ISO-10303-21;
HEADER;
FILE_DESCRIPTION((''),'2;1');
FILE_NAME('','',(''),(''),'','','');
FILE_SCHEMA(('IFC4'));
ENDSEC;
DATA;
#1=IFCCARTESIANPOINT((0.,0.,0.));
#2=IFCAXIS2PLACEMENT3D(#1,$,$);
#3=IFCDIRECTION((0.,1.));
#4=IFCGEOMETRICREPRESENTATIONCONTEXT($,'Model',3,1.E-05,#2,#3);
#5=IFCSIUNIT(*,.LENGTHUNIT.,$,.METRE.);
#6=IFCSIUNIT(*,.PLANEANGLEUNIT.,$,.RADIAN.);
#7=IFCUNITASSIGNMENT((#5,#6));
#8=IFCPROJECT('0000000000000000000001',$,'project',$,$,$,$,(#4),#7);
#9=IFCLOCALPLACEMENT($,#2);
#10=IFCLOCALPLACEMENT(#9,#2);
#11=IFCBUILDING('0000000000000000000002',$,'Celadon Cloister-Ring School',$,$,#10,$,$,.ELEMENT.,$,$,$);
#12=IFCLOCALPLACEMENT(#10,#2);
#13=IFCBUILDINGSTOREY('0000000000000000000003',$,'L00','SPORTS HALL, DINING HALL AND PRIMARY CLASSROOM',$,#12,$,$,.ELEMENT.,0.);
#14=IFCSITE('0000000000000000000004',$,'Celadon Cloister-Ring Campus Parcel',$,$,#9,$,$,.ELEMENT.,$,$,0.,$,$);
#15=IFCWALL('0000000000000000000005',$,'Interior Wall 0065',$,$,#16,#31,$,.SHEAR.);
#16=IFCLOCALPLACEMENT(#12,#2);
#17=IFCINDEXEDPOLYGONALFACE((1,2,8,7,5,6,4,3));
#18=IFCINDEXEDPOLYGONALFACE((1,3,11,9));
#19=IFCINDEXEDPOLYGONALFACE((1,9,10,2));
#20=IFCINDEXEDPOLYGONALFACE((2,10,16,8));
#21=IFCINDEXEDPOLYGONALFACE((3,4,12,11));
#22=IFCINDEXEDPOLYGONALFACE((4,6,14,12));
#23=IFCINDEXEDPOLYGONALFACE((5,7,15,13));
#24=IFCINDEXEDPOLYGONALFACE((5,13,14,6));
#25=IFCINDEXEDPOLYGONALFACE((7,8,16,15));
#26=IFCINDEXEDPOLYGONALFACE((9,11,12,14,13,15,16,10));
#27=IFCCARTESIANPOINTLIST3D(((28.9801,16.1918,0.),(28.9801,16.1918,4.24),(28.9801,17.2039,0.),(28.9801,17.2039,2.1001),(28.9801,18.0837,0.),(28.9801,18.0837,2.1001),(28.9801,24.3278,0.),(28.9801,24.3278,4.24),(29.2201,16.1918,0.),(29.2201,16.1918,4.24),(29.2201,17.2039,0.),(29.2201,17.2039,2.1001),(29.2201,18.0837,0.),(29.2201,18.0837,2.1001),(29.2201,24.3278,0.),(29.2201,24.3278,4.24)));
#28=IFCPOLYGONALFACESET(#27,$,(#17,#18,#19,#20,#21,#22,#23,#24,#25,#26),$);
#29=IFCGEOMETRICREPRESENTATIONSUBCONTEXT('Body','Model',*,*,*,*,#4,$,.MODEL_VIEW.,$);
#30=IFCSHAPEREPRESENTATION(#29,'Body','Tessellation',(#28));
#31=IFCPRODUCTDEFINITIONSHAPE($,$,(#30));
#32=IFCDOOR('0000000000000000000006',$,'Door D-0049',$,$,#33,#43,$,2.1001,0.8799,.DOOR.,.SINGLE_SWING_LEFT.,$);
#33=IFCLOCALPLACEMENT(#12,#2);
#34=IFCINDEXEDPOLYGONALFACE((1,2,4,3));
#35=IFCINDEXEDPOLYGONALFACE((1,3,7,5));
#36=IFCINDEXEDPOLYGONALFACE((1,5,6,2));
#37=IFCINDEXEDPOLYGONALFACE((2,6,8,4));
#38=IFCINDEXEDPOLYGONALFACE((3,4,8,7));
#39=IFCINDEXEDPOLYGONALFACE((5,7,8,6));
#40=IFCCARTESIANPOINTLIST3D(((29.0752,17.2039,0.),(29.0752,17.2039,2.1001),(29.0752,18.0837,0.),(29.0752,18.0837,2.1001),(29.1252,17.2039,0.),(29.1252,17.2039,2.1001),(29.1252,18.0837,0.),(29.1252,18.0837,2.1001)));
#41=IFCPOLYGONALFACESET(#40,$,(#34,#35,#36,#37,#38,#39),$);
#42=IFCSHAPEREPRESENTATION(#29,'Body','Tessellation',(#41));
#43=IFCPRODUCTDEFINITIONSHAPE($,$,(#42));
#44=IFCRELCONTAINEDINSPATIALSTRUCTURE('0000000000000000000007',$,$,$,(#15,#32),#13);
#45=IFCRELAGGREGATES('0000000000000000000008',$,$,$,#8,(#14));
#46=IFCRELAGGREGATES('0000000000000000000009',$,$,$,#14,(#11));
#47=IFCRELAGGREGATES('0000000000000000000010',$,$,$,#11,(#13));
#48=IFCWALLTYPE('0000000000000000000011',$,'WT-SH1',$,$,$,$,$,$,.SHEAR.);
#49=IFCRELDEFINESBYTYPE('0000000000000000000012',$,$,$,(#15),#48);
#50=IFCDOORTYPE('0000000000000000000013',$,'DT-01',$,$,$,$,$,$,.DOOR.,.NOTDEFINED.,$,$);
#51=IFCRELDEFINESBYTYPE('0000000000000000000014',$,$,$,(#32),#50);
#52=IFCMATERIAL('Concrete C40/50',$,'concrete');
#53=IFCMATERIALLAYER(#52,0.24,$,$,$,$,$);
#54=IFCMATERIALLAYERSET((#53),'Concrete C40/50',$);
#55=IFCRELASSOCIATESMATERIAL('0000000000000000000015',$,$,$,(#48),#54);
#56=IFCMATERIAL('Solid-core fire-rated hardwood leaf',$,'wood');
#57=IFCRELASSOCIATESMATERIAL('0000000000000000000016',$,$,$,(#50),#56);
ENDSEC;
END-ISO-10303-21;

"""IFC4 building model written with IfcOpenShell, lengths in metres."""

from ifc_helpers import new_model, si_unit, direction, frame, frame_2d, origin, place, context, subcontext, project, spatial, rectangle, extrude, material, layer, layer_set, type_object, element, fill, save


model = new_model("IFC4")

# Units and contexts
model_context = context("Model", 3, precision=1e-05, world=origin(), true_north=direction((0.0, 1.0)))
body_context = subcontext(model_context, "Body", "Model", "MODEL_VIEW")
ifc_project = project(units=[si_unit("LENGTHUNIT", "METRE"), si_unit("PLANEANGLEUNIT", "RADIAN")], contexts=[model_context])

# Site, building, storey
site_placement = place(None, origin())
site = spatial("IfcSite", under=ifc_project, at=site_placement, Name="Celadon Cloister-Ring Campus Parcel", CompositionType="ELEMENT", RefElevation=0.0)
building_placement = place(site_placement, origin())
building = spatial("IfcBuilding", under=site, at=building_placement, Name="Celadon Cloister-Ring School", CompositionType="ELEMENT")
storey_placement = place(building_placement, origin())
storey = spatial("IfcBuildingStorey", under=building, at=storey_placement, Name="L00", Description="SPORTS HALL, DINING HALL AND PRIMARY CLASSROOM", CompositionType="ELEMENT", Elevation=0.0)

# Wall, opening, door
ifc_material_1 = material(Name="Concrete C40/50", Category="concrete")
ifc_layer_1 = layer(ifc_material_1, 0.24)
ifc_layer_set_1 = layer_set([ifc_layer_1], Name="Concrete C40/50")
wall_type_1 = type_object("IfcWallType", Name="WT-SH1", PredefinedType="SHEAR", material=ifc_layer_set_1)
wall_1_placement = place(storey_placement, frame((29.1001, 16.1919, 0.0), z_axis=(0.0, 0.0, 1.0), x_axis=(0.0, 1.0, 0.0)))
wall_1 = element("IfcWall", 1, at=wall_1_placement, inside=storey, type_object=wall_type_1, Name="Interior Wall 0065", PredefinedType="SHEAR", context=body_context, shape_type="SweptSolid", body=[
    extrude(rectangle(XDim=8.136, YDim=0.24, at=frame_2d((4.0679, 0.0))), origin(), (0.0, 0.0, 1.0), 4.24),
])
opening_placement = place(wall_1_placement, frame((1.012, 0.0, 0.0)))
opening = element("IfcOpeningElement", 2, at=opening_placement, cuts=wall_1, PredefinedType="OPENING", context=body_context, shape_type="SweptSolid", body=[
    extrude(rectangle(XDim=0.8799, YDim=2.1001, at=frame_2d((0.4399, 1.05))), frame((0.0, 0.1299, 0.0), z_axis=(0.0, -1.0, 0.0), x_axis=(1.0, 0.0, 0.0)), (0.0, 0.0, 1.0), 0.26),
])
ifc_material_2 = material(Name="Solid-core fire-rated hardwood leaf", Category="wood")
door_type = type_object("IfcDoorType", Name="DT-01", OperationType="NOTDEFINED", PredefinedType="DOOR", material=ifc_material_2)
door_placement = place(opening_placement, origin())
door = element("IfcDoor", 3, at=door_placement, inside=storey, type_object=door_type, Name="Door D-0049", OperationType="SINGLE_SWING_LEFT", OverallHeight=2.1001, OverallWidth=0.8799, PredefinedType="DOOR", context=body_context, shape_type="SweptSolid", body=[
    extrude(rectangle(XDim=0.8799, YDim=2.1001, at=frame_2d((0.4399, 1.05))), frame((0.0, 0.0249, 0.0), z_axis=(0.0, -1.0, 0.0), x_axis=(1.0, 0.0, 0.0)), (0.0, 0.0, 1.0), 0.05),
])
fill(opening, door)

save(model, "model.ifc")
